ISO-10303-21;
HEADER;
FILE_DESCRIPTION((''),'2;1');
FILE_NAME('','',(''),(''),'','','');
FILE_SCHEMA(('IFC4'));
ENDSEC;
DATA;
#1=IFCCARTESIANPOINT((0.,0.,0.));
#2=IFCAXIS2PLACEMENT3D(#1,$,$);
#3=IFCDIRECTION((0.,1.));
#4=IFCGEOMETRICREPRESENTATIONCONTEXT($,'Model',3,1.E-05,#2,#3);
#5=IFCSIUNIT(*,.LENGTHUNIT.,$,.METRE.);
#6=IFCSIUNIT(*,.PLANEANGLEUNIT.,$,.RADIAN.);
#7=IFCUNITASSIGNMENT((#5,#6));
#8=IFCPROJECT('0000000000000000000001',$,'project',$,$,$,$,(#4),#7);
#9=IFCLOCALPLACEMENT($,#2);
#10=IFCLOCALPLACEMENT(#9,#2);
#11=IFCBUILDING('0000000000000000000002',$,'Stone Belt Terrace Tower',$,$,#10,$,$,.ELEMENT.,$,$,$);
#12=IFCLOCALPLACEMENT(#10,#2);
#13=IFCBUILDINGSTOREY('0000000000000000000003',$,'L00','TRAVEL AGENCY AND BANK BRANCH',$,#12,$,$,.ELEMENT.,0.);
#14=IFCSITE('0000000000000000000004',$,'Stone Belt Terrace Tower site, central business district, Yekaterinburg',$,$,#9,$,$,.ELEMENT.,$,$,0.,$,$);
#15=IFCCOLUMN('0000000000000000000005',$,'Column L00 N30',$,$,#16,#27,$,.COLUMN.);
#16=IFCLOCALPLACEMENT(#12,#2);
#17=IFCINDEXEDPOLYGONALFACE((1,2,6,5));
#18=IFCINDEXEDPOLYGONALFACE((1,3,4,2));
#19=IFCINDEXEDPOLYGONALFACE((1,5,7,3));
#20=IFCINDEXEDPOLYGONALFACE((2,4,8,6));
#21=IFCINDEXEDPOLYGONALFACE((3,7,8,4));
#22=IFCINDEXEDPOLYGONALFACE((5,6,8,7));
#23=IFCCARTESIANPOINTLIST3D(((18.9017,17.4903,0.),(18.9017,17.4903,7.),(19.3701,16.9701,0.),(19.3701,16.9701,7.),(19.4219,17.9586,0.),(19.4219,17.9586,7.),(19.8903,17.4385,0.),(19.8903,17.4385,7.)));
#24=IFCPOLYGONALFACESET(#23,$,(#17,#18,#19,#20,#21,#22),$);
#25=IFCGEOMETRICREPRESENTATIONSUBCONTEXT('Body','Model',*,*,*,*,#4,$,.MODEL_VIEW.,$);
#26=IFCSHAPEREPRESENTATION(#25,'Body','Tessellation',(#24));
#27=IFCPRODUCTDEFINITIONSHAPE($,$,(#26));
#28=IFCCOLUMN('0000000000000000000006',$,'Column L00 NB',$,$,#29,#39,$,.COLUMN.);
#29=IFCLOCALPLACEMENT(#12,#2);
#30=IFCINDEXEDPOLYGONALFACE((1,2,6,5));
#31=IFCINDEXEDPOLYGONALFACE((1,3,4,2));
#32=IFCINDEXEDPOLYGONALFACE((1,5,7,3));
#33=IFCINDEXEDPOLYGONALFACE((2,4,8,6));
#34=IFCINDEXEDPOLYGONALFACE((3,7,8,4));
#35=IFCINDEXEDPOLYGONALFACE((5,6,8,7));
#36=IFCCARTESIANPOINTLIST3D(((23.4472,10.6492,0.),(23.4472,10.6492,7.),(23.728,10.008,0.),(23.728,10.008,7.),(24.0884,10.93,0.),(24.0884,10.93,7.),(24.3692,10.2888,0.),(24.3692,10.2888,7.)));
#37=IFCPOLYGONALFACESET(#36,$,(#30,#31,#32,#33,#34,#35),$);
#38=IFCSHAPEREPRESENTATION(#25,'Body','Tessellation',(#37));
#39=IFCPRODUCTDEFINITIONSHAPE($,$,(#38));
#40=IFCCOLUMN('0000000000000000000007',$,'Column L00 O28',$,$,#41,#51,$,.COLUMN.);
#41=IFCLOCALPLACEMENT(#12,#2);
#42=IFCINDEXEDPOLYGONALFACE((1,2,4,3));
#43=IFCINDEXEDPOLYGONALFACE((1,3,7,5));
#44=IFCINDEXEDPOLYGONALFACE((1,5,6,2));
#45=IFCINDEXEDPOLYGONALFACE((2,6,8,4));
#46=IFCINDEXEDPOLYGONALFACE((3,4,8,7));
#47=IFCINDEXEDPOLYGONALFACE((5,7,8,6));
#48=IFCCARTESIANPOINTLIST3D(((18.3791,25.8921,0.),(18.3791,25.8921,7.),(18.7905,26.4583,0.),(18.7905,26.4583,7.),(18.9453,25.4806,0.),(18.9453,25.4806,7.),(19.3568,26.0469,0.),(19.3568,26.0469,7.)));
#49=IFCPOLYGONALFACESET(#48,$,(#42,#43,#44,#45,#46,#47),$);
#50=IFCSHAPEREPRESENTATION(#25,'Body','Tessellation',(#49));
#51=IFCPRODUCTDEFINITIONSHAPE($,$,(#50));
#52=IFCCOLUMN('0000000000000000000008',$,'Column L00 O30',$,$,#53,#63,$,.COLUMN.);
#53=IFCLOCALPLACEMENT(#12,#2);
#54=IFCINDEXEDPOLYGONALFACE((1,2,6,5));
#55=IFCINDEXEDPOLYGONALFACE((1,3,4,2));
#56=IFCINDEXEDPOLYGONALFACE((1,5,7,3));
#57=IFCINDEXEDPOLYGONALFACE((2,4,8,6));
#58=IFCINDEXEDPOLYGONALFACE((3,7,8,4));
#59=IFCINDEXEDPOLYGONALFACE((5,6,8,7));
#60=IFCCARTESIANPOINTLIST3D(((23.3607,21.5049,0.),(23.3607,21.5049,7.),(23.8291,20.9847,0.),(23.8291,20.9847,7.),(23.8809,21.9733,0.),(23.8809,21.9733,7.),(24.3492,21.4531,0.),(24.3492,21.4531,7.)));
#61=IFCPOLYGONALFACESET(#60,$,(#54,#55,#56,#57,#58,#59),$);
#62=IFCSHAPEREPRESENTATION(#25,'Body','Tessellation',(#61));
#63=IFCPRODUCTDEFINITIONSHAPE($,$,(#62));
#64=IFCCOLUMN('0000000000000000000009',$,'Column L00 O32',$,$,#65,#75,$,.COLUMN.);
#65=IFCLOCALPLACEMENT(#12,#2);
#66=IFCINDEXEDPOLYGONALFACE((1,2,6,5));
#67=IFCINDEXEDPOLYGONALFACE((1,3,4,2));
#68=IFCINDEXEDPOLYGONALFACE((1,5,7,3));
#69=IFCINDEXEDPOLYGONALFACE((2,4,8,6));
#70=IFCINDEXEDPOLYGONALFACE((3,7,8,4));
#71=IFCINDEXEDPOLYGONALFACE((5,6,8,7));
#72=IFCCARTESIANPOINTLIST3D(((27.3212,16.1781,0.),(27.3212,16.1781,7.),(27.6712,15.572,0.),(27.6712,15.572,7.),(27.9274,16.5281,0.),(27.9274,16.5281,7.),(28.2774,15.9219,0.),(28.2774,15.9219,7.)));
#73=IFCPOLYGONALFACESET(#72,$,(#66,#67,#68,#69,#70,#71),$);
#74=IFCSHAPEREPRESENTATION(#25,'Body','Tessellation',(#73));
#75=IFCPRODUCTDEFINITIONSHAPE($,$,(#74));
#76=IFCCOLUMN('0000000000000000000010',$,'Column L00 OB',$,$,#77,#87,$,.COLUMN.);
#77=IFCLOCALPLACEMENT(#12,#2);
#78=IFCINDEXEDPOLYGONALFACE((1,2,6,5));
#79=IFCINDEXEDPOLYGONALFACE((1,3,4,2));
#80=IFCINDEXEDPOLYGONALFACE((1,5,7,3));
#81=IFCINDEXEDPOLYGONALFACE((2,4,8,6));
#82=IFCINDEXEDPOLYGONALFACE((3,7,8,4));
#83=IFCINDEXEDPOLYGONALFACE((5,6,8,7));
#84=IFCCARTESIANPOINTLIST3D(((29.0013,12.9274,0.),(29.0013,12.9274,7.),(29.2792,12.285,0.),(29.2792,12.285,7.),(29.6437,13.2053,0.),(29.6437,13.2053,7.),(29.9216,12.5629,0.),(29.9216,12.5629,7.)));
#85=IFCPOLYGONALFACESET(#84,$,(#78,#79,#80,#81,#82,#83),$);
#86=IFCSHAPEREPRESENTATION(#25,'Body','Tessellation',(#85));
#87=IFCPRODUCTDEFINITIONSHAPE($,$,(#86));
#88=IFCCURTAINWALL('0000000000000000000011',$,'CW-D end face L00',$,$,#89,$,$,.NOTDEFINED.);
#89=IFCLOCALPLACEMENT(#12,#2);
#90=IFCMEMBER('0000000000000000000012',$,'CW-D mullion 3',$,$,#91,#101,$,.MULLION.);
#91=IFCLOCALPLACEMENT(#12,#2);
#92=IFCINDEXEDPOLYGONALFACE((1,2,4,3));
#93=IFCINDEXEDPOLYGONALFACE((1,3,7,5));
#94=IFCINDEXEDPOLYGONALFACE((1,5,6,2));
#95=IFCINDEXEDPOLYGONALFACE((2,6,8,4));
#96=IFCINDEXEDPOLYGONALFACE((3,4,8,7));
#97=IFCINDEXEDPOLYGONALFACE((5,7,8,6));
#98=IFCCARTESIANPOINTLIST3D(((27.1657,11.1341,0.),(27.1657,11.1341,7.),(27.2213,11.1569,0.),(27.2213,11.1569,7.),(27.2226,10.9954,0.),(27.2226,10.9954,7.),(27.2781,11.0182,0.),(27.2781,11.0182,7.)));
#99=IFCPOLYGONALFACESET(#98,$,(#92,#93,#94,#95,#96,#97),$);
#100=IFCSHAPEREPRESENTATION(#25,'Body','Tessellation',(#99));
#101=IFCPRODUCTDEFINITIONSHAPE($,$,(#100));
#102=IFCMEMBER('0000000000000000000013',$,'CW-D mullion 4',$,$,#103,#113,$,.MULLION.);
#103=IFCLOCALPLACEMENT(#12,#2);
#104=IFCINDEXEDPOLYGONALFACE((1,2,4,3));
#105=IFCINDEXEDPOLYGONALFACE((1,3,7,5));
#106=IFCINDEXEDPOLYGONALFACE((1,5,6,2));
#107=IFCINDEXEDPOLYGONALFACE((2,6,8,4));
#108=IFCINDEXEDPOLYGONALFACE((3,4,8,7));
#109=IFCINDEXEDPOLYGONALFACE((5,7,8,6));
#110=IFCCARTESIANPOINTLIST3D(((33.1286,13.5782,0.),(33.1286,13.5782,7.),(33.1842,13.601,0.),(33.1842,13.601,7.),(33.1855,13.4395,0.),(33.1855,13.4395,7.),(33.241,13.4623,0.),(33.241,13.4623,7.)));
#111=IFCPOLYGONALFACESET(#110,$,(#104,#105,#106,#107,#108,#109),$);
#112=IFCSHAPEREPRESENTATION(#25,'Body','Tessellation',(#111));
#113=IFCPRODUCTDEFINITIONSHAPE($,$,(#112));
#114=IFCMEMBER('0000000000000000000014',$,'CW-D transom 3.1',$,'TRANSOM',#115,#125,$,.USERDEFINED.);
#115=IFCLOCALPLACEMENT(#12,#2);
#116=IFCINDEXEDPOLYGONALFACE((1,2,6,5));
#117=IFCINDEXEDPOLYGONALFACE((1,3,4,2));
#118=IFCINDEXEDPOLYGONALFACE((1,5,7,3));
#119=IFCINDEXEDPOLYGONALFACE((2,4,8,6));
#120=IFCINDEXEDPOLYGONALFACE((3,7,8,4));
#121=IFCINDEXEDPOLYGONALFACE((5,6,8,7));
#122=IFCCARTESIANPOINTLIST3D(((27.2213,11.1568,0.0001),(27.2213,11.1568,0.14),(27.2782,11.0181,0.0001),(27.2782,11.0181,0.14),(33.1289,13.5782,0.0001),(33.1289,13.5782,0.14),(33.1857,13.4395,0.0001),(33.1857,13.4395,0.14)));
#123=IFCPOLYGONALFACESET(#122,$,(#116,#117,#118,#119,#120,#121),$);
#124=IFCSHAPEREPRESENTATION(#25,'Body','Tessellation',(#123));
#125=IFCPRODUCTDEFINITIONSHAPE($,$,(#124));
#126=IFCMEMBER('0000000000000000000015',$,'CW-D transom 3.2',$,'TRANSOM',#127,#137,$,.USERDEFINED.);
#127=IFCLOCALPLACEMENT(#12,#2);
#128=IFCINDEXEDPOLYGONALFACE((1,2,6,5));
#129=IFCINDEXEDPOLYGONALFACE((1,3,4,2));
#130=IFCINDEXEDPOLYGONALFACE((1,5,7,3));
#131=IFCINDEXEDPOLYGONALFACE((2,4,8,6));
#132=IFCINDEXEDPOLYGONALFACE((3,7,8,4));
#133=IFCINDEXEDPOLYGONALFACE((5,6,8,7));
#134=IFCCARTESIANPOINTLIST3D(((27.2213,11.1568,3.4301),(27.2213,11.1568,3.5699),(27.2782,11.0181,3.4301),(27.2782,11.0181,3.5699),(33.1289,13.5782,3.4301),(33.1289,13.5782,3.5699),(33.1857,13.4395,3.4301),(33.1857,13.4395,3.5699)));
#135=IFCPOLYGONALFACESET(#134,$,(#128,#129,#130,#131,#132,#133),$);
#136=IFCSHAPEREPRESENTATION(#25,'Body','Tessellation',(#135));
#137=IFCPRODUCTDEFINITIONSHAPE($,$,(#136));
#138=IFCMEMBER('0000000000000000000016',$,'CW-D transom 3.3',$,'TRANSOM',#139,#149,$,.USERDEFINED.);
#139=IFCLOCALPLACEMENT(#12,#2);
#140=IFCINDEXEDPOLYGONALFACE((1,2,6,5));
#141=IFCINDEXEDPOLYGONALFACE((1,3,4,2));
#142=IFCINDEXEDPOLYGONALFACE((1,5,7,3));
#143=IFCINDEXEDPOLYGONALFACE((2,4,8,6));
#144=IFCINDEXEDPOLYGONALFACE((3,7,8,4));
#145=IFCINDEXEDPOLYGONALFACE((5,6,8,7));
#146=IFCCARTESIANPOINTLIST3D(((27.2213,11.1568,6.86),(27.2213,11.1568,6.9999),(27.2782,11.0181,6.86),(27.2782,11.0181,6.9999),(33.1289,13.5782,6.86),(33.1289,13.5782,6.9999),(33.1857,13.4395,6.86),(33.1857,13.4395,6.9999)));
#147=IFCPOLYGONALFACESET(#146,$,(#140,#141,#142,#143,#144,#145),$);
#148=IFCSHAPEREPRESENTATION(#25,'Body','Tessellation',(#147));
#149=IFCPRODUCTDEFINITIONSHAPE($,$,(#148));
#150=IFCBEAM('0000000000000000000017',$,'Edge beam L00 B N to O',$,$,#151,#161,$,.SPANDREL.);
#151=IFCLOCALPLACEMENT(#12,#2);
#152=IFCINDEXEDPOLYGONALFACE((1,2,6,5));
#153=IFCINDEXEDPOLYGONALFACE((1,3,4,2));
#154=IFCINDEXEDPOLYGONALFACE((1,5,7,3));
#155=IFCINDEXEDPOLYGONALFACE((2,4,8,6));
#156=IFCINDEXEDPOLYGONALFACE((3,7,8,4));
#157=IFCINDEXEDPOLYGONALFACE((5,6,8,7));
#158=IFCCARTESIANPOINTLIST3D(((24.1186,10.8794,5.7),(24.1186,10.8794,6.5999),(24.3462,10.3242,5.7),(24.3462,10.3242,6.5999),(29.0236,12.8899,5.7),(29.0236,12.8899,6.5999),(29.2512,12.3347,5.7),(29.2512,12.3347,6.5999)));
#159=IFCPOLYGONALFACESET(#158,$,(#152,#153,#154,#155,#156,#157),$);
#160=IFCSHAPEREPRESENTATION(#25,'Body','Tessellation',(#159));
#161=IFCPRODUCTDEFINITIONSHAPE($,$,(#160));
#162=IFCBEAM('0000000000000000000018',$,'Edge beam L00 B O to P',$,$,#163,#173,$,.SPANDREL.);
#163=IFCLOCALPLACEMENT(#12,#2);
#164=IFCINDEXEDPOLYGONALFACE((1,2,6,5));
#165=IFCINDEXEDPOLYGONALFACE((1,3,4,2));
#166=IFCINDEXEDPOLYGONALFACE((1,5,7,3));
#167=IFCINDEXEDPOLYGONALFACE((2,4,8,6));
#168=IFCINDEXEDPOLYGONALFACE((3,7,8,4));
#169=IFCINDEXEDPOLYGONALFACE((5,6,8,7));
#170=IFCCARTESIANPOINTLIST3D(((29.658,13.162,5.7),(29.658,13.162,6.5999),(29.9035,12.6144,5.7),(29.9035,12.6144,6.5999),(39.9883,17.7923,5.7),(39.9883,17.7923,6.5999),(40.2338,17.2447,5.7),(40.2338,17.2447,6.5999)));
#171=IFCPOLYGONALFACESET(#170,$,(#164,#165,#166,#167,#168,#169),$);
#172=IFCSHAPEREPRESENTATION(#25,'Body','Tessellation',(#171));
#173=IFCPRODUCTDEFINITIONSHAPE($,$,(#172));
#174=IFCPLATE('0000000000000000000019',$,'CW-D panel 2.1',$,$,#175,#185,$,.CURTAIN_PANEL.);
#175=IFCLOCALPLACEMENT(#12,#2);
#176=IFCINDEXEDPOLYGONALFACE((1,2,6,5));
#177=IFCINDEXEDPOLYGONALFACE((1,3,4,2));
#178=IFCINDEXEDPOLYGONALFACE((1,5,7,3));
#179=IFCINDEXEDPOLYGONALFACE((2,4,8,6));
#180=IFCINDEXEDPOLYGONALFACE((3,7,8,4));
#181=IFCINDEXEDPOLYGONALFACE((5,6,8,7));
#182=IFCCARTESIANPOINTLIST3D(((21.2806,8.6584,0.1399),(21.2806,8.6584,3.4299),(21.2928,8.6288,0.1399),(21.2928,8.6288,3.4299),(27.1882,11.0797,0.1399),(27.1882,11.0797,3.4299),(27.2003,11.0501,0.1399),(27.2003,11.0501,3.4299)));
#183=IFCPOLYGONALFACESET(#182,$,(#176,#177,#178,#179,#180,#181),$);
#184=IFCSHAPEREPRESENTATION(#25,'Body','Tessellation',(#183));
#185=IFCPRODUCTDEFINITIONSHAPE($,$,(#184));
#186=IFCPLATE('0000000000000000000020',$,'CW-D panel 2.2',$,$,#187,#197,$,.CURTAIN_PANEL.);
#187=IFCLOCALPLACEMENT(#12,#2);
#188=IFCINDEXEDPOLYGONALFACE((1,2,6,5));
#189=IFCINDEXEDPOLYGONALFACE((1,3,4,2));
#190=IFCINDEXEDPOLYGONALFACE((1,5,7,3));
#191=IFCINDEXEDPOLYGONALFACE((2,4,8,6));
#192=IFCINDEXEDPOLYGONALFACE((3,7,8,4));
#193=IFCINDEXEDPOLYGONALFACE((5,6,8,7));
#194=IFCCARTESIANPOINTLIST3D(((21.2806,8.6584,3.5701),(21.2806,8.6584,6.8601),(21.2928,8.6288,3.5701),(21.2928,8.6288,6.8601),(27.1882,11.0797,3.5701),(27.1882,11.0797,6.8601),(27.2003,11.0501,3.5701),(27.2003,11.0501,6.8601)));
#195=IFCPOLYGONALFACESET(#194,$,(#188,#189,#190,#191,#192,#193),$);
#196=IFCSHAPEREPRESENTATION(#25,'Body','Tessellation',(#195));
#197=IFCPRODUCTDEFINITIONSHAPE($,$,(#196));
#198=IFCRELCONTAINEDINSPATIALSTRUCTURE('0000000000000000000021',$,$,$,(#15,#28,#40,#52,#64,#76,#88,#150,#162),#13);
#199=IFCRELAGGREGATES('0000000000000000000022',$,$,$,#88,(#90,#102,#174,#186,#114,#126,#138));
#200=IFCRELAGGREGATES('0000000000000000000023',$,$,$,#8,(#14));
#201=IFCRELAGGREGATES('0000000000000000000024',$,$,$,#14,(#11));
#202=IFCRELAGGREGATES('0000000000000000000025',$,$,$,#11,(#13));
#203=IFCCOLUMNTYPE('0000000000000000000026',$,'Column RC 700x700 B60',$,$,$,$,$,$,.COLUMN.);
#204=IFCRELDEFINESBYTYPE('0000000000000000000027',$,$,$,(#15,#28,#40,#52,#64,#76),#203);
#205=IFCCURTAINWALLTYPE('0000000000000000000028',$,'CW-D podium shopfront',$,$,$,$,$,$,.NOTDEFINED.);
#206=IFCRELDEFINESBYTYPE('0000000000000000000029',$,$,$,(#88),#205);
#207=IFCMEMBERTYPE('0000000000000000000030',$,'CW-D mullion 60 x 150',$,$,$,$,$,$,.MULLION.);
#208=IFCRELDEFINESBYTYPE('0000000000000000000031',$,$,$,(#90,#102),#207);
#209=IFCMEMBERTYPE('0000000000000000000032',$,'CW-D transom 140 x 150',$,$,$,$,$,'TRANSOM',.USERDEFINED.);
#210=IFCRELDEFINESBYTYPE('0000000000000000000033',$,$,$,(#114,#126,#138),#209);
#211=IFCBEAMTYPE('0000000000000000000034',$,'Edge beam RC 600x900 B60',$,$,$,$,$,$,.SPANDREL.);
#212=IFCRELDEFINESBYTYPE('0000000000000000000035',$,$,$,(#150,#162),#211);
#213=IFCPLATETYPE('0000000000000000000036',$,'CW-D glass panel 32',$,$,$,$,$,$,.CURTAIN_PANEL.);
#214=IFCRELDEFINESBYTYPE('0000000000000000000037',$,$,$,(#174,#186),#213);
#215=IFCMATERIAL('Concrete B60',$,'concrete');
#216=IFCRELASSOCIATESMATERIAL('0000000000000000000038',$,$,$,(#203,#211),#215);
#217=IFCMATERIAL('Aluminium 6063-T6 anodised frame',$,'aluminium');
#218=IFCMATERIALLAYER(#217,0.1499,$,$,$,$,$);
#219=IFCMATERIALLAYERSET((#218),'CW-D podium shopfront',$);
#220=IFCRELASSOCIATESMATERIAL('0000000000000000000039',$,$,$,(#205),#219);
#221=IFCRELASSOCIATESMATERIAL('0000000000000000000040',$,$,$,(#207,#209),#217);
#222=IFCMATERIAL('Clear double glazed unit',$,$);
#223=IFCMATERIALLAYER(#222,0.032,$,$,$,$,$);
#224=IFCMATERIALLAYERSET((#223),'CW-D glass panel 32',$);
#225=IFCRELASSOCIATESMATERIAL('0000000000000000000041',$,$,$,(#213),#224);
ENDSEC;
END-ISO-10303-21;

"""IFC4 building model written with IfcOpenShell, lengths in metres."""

from ifc_helpers import new_model, si_unit, direction, frame, origin, origin_2d, place, context, subcontext, project, spatial, rectangle, extrude, material, layer, layer_set, material_profile, profile_set, type_object, element, aggregate, save


model = new_model("IFC4")

# Units and contexts
model_context = context("Model", 3, precision=1e-05, world=origin(), true_north=direction((0.0, 1.0)))
body_context = subcontext(model_context, "Body", "Model", "MODEL_VIEW")
ifc_project = project(units=[si_unit("LENGTHUNIT", "METRE"), si_unit("PLANEANGLEUNIT", "RADIAN")], contexts=[model_context])

# Site, building, storey
site_placement = place(None, origin())
site = spatial("IfcSite", under=ifc_project, at=site_placement, Name="Stone Belt Terrace Tower site, central business district, Yekaterinburg", CompositionType="ELEMENT", RefElevation=0.0)
building_placement = place(site_placement, origin())
building = spatial("IfcBuilding", under=site, at=building_placement, Name="Stone Belt Terrace Tower", CompositionType="ELEMENT")
storey_placement = place(building_placement, origin())
storey = spatial("IfcBuildingStorey", under=building, at=storey_placement, Name="L00", Description="TRAVEL AGENCY AND BANK BRANCH", CompositionType="ELEMENT", Elevation=0.0)

# Columns
ifc_material_1 = material(Name="Concrete B60", Category="concrete")
ifc_material_profile_1 = material_profile(ifc_material_1, rectangle(XDim=0.7, YDim=0.7, at=origin_2d()), Name="RC 700x700")
ifc_profile_set_1 = profile_set([ifc_material_profile_1], Name="Concrete B60")
column_type = type_object("IfcColumnType", Name="Column RC 700x700 B60", PredefinedType="COLUMN", material=ifc_profile_set_1)
for number, where, z_axis, x_axis, name in (
    (1, (19.396, 17.4644, 0.0), (0.0, 0.0, 1.0), (0.669131, -0.743145, 0.0), "Column L00 N30"),
    (2, (23.9082, 10.469, 0.0), (0.0, 0.0, 1.0), (0.401115, -0.916028, 0.0), "Column L00 NB"),
    (3, (18.8679, 25.9695, 0.0), (0.0, 0.0, 1.0), (0.809017, -0.587785, 0.0), "Column L00 O28"),
    (4, (23.855, 21.479, 0.0), (0.0, 0.0, 1.0), (0.669131, -0.743145, 0.0), "Column L00 O30"),
    (5, (27.7993, 16.05, 0.0), (0.0, 0.0, 1.0), (0.5, -0.866025, 0.0), "Column L00 O32"),
    (6, (29.4614, 12.7451, 0.0), (0.0, 0.0, 1.0), (0.397044, -0.9178, 0.0), "Column L00 OB"),
):
    element("IfcColumn", number, at=place(storey_placement, frame(where, z_axis=z_axis, x_axis=x_axis)), inside=storey, type_object=column_type, Name=name, PredefinedType="COLUMN", context=body_context, shape_type="SweptSolid", body=[
        extrude(rectangle(XDim=0.7, YDim=0.7, at=origin_2d()), origin(), (0.0, 0.0, 1.0), 7.0),
    ])

# Curtain wall, members
ifc_material_2 = material(Name="Aluminium 6063-T6 anodised frame", Category="aluminium")
ifc_layer_1 = layer(ifc_material_2, 0.1499)
ifc_layer_set_1 = layer_set([ifc_layer_1], Name="CW-D podium shopfront")
curtain_wall_type = type_object("IfcCurtainWallType", Name="CW-D podium shopfront", PredefinedType="NOTDEFINED", material=ifc_layer_set_1)
curtain_wall_placement = place(storey_placement, origin())
curtain_wall = element("IfcCurtainWall", 7, at=curtain_wall_placement, inside=storey, type_object=curtain_wall_type, Name="CW-D end face L00", PredefinedType="NOTDEFINED")
ifc_material_profile_2 = material_profile(ifc_material_2, rectangle(XDim=0.1499, YDim=0.0601, at=origin_2d()), Name="Aluminium 6063-T6 60x150")
ifc_profile_set_2 = profile_set([ifc_material_profile_2], Name="Aluminium 6063-T6 anodised frame")
member_type_1 = type_object("IfcMemberType", Name="CW-D mullion 60 x 150", PredefinedType="MULLION", material=ifc_profile_set_2)
member_1_placement = place(storey_placement, frame((27.2219, 11.0762, 0.0), z_axis=(0.0, 0.0, 1.0), x_axis=(-0.379243, 0.925297, 0.0)))
member_1 = element("IfcMember", 8, at=member_1_placement, type_object=member_type_1, Name="CW-D mullion 3", PredefinedType="MULLION", context=body_context, shape_type="SweptSolid", body=[
    extrude(rectangle(XDim=0.1499, YDim=0.0601, at=origin_2d()), origin(), (0.0, 0.0, 1.0), 7.0),
])
member_2_placement = place(storey_placement, frame((33.1848, 13.5203, 0.0), z_axis=(0.0, 0.0, 1.0), x_axis=(-0.379243, 0.925297, 0.0)))
member_2 = element("IfcMember", 9, at=member_2_placement, type_object=member_type_1, Name="CW-D mullion 4", PredefinedType="MULLION", context=body_context, shape_type="SweptSolid", body=[
    extrude(rectangle(XDim=0.1499, YDim=0.0601, at=origin_2d()), origin(), (0.0, 0.0, 1.0), 7.0),
])
ifc_material_profile_3 = material_profile(ifc_material_2, rectangle(XDim=0.1499, YDim=0.1399, at=origin_2d()), Name="Aluminium 6063-T6 150x140")
ifc_profile_set_3 = profile_set([ifc_material_profile_3], Name="Aluminium 6063-T6 anodised frame")
member_type_2 = type_object("IfcMemberType", Name="CW-D transom 140 x 150", ElementType="TRANSOM", PredefinedType="USERDEFINED", material=ifc_profile_set_3)
member_3_placement = place(storey_placement, frame((27.2498, 11.0874, 0.0701), z_axis=(0.925289, 0.379263, 0.0), x_axis=(-0.379263, 0.925289, 0.0)))
member_3 = element("IfcMember", 10, at=member_3_placement, type_object=member_type_2, Name="CW-D transom 3.1", ObjectType="TRANSOM", PredefinedType="USERDEFINED", context=body_context, shape_type="SweptSolid", body=[
    extrude(rectangle(XDim=0.1499, YDim=0.1399, at=origin_2d()), origin(), (0.0, 0.0, 1.0), 6.3845),
])
member_4_placement = place(storey_placement, frame((27.2498, 11.0874, 3.5), z_axis=(0.925289, 0.379263, 0.0), x_axis=(-0.379263, 0.925289, 0.0)))
member_4 = element("IfcMember", 11, at=member_4_placement, type_object=member_type_2, Name="CW-D transom 3.2", ObjectType="TRANSOM", PredefinedType="USERDEFINED", context=body_context, shape_type="SweptSolid", body=[
    extrude(rectangle(XDim=0.1499, YDim=0.1399, at=origin_2d()), origin(), (0.0, 0.0, 1.0), 6.3845),
])
member_5_placement = place(storey_placement, frame((27.2498, 11.0874, 6.9299), z_axis=(0.925289, 0.379263, 0.0), x_axis=(-0.379263, 0.925289, 0.0)))
member_5 = element("IfcMember", 12, at=member_5_placement, type_object=member_type_2, Name="CW-D transom 3.3", ObjectType="TRANSOM", PredefinedType="USERDEFINED", context=body_context, shape_type="SweptSolid", body=[
    extrude(rectangle(XDim=0.1499, YDim=0.1399, at=origin_2d()), origin(), (0.0, 0.0, 1.0), 6.3845),
])

# Beams
ifc_material_profile_4 = material_profile(ifc_material_1, rectangle(XDim=0.6001, YDim=0.8999, at=origin_2d()), Name="RC 600x900")
ifc_profile_set_4 = profile_set([ifc_material_profile_4], Name="Concrete B60")
beam_type = type_object("IfcBeamType", Name="Edge beam RC 600x900 B60", PredefinedType="SPANDREL", material=ifc_profile_set_4)
beam_1_placement = place(storey_placement, frame((24.2324, 10.6018, 6.1499), z_axis=(0.925289, 0.379262, 0.0), x_axis=(-0.379262, 0.925289, 0.0)))
element("IfcBeam", 13, at=beam_1_placement, inside=storey, type_object=beam_type, Name="Edge beam L00 B N to O", PredefinedType="SPANDREL", context=body_context, shape_type="SweptSolid", body=[
    extrude(rectangle(XDim=0.6001, YDim=0.8999, at=origin_2d()), origin(), (0.0, 0.0, 1.0), 5.301),
])
beam_2_placement = place(storey_placement, frame((29.7808, 12.8882, 6.1499), z_axis=(0.912525, 0.409022, 0.0), x_axis=(-0.409022, 0.912525, 0.0)))
element("IfcBeam", 14, at=beam_2_placement, inside=storey, type_object=beam_type, Name="Edge beam L00 B O to P", PredefinedType="SPANDREL", context=body_context, shape_type="SweptSolid", body=[
    extrude(rectangle(XDim=0.6001, YDim=0.8999, at=origin_2d()), origin(), (0.0, 0.0, 1.0), 11.3206),
])

# Plates
ifc_material_3 = material(Name="Clear double glazed unit")
ifc_layer_2 = layer(ifc_material_3, 0.032)
ifc_layer_set_2 = layer_set([ifc_layer_2], Name="CW-D glass panel 32")
plate_type = type_object("IfcPlateType", Name="CW-D glass panel 32", PredefinedType="CURTAIN_PANEL", material=ifc_layer_set_2)
plate_1_placement = place(storey_placement, frame((24.2405, 9.8542, 0.1399), z_axis=(0.0, 0.0, 1.0), x_axis=(0.925297, 0.379243, 0.0)))
plate_1 = element("IfcPlate", 15, at=plate_1_placement, type_object=plate_type, Name="CW-D panel 2.1", PredefinedType="CURTAIN_PANEL", context=body_context, shape_type="SweptSolid", body=[
    extrude(rectangle(XDim=6.3845, YDim=0.032, at=origin_2d()), origin(), (0.0, 0.0, 1.0), 3.29),
])
plate_2_placement = place(storey_placement, frame((24.2405, 9.8542, 3.5701), z_axis=(0.0, 0.0, 1.0), x_axis=(0.925297, 0.379243, 0.0)))
plate_2 = element("IfcPlate", 16, at=plate_2_placement, type_object=plate_type, Name="CW-D panel 2.2", PredefinedType="CURTAIN_PANEL", context=body_context, shape_type="SweptSolid", body=[
    extrude(rectangle(XDim=6.3845, YDim=0.032, at=origin_2d()), origin(), (0.0, 0.0, 1.0), 3.29),
])
aggregate(curtain_wall, [member_1, member_2, plate_1, plate_2, member_3, member_4, member_5])

save(model, "model.ifc")
